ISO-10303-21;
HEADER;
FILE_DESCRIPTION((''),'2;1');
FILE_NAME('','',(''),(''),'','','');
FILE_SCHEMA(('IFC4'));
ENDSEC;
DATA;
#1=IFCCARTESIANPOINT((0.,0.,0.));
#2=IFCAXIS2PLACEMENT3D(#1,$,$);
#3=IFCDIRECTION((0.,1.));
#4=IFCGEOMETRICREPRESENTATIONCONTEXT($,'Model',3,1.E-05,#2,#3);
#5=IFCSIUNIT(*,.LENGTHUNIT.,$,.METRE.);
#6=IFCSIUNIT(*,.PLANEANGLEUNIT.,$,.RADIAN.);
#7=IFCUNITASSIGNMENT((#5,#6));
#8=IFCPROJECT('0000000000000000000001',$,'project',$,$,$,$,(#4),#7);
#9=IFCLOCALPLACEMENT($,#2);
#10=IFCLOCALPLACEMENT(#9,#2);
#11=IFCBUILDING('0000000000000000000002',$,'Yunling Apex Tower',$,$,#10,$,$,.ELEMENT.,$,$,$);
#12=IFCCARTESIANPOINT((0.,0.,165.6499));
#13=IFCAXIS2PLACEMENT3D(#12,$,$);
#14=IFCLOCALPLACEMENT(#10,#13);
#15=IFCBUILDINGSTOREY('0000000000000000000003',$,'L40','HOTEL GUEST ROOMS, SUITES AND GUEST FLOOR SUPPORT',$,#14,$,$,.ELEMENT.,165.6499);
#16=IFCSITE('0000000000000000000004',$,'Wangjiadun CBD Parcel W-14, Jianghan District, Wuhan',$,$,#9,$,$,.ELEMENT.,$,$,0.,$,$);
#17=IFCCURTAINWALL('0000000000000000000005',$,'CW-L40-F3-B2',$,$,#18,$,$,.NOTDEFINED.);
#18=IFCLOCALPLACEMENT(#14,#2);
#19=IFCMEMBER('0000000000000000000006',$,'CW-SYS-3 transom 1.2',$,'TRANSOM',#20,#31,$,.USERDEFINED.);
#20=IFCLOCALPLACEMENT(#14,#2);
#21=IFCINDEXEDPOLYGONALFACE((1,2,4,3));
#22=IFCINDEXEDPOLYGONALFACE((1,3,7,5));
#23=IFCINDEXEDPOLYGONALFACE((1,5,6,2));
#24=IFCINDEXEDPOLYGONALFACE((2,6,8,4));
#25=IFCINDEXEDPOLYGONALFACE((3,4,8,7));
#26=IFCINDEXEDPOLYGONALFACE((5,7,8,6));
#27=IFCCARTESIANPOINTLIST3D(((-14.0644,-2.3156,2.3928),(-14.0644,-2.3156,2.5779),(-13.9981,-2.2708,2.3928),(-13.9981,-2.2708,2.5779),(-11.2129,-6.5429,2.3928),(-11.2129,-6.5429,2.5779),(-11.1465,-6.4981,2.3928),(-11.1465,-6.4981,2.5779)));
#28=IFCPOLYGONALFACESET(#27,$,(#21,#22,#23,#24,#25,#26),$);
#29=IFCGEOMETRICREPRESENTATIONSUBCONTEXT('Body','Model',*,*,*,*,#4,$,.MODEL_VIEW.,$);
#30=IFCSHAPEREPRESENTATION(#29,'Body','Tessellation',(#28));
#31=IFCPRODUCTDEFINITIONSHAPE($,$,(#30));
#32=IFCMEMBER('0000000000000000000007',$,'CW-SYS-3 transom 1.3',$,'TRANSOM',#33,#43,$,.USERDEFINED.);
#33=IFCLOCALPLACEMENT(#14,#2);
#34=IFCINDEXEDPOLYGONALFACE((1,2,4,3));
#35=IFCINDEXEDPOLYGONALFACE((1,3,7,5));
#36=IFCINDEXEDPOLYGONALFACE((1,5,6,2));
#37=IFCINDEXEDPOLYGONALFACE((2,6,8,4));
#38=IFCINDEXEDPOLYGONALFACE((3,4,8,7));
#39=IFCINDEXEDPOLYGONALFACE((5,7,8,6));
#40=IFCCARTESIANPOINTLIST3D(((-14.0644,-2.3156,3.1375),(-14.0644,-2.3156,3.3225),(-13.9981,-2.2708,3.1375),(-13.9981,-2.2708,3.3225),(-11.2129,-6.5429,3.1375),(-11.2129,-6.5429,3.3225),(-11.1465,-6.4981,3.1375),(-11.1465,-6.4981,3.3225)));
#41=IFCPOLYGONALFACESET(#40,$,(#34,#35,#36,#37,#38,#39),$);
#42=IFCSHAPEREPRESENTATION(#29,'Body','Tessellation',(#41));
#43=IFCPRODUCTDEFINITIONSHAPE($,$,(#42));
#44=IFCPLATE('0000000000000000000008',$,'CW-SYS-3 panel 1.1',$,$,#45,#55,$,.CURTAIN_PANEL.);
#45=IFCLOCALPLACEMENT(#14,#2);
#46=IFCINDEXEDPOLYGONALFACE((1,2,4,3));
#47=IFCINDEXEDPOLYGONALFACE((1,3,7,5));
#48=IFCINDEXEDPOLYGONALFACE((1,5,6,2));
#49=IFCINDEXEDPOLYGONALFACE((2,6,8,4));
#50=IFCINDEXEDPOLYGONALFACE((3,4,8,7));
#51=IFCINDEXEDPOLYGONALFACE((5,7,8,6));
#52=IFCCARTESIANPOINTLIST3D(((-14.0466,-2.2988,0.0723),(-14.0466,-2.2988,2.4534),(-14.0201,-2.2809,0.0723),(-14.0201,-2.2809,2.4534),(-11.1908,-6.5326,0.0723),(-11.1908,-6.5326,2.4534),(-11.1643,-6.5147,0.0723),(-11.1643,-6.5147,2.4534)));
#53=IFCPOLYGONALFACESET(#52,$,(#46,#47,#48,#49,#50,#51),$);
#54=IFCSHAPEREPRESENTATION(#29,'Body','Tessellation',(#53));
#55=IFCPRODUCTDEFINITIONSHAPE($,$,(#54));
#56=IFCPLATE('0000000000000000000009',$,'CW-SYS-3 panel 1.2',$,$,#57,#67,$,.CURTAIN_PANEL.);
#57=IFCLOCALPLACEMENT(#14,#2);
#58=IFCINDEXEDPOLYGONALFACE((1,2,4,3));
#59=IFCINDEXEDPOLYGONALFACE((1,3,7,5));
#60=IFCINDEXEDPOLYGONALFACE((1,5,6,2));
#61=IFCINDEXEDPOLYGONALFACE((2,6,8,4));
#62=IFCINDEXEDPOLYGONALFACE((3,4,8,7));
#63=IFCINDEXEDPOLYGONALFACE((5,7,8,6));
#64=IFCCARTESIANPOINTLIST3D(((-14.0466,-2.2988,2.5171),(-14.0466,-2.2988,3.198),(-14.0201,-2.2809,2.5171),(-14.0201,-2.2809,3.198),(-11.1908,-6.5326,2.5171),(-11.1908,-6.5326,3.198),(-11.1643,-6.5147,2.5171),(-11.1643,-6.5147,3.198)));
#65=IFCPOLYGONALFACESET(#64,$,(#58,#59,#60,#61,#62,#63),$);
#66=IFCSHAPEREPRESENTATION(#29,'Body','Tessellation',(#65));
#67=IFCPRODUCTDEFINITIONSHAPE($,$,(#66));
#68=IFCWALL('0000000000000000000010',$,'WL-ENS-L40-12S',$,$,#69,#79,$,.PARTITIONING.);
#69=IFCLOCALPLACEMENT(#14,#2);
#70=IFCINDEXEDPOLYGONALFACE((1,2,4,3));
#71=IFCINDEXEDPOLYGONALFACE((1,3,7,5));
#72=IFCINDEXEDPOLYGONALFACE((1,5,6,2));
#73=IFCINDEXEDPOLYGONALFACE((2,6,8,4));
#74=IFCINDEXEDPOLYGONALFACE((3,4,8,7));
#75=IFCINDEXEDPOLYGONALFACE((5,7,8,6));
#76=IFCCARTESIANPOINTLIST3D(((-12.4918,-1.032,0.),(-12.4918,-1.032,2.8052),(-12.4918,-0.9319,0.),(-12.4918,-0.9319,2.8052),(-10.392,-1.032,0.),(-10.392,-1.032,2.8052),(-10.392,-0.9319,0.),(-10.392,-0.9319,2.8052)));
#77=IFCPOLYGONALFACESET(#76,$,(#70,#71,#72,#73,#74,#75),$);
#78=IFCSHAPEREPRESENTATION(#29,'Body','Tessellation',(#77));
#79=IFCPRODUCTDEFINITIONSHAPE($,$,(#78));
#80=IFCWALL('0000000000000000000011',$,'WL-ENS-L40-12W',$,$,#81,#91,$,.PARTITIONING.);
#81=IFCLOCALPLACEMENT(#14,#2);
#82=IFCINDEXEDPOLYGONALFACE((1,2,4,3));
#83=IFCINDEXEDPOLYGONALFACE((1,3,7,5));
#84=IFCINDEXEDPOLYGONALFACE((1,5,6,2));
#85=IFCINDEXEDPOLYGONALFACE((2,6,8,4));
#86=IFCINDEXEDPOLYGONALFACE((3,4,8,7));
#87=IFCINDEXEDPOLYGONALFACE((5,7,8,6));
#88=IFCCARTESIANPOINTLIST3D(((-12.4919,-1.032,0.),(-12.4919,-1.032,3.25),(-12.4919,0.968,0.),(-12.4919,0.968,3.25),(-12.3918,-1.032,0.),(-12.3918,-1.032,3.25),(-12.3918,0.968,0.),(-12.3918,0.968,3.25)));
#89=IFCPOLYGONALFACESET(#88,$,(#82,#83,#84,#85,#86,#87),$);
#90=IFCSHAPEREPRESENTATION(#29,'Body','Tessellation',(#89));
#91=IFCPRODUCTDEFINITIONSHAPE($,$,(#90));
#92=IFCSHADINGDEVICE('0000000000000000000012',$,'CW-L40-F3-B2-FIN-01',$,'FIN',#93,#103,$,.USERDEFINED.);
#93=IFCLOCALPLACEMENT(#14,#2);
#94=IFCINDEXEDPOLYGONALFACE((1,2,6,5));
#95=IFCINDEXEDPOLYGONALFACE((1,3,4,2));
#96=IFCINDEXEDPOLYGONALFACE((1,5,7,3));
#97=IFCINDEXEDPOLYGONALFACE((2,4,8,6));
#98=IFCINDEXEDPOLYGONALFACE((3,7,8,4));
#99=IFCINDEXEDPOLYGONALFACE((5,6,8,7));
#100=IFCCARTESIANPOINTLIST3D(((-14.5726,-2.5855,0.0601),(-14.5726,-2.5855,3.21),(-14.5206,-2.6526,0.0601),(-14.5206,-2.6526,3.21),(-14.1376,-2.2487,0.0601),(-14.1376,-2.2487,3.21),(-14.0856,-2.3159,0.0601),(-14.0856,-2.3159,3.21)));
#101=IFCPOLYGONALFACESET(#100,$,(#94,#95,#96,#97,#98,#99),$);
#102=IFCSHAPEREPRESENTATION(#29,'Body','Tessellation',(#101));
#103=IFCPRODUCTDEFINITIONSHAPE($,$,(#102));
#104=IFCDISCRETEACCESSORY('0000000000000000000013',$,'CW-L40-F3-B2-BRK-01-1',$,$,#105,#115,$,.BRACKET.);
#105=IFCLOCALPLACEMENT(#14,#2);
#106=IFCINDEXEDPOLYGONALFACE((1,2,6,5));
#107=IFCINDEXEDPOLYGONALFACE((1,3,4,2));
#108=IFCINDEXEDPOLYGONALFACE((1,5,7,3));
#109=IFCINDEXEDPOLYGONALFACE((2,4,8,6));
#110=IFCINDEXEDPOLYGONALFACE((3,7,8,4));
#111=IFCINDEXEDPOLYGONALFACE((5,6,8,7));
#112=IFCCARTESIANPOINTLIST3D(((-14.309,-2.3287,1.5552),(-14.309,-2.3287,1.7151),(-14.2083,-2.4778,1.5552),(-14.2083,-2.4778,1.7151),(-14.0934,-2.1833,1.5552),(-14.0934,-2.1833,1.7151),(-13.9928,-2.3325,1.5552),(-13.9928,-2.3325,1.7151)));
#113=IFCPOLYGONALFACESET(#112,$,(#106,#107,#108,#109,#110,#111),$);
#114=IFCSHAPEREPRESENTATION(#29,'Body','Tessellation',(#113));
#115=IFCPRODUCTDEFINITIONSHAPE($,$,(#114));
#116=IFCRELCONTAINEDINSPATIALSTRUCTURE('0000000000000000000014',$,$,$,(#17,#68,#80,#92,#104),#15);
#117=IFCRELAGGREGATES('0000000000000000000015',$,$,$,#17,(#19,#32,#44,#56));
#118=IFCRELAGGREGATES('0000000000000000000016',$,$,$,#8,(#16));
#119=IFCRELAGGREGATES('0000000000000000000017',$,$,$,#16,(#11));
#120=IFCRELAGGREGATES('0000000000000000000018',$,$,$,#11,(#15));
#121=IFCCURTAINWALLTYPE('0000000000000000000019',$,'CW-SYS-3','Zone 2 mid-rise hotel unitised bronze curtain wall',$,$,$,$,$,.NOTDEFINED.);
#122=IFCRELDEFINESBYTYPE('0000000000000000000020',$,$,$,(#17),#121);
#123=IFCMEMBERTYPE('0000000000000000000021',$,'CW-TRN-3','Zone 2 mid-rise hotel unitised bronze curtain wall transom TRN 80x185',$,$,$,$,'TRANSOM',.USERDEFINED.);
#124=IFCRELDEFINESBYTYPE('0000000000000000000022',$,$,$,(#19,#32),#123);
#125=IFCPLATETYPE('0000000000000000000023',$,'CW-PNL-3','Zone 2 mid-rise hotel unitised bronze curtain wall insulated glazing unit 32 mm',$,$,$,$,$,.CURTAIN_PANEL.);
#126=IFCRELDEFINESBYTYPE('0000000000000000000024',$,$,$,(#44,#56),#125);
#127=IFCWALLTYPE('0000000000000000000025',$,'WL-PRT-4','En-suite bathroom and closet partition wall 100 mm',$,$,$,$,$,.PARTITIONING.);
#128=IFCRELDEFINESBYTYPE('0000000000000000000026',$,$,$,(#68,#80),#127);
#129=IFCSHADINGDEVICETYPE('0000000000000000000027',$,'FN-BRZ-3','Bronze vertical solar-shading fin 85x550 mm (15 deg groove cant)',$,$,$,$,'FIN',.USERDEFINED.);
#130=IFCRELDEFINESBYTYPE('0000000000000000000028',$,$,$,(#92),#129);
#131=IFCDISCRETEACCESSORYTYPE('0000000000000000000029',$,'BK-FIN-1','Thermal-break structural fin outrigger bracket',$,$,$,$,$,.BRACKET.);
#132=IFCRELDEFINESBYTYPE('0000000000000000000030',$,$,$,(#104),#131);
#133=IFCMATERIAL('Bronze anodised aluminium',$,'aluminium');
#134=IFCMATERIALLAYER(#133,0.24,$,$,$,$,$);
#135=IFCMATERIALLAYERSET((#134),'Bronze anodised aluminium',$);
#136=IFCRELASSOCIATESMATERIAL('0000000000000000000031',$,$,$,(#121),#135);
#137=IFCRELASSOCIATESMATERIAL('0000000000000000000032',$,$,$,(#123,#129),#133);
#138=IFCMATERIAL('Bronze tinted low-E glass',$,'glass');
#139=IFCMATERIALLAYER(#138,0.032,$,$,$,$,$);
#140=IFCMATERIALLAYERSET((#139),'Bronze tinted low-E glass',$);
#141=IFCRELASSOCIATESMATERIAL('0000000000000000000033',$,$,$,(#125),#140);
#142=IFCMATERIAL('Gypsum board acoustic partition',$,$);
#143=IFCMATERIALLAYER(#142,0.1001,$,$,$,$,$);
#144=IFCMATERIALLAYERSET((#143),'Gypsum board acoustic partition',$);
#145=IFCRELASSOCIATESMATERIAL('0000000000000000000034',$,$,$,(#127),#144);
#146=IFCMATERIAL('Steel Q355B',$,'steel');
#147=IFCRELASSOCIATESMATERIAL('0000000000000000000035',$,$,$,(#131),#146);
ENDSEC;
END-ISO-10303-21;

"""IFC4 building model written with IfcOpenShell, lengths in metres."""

from ifc_helpers import new_model, si_unit, direction, frame, frame_2d, origin, origin_2d, place, context, subcontext, project, spatial, rectangle, extrude, source, transform, mapped, material, layer, layer_set, material_profile, profile_set, type_object, element, aggregate, save


model = new_model("IFC4")

# Units and contexts
model_context = context("Model", 3, precision=1e-05, world=origin(), true_north=direction((0.0, 1.0)))
body_context = subcontext(model_context, "Body", "Model", "MODEL_VIEW")
ifc_project = project(units=[si_unit("LENGTHUNIT", "METRE"), si_unit("PLANEANGLEUNIT", "RADIAN")], contexts=[model_context])

# Site, building, storey
site_placement = place(None, origin())
site = spatial("IfcSite", under=ifc_project, at=site_placement, Name="Wangjiadun CBD Parcel W-14, Jianghan District, Wuhan", CompositionType="ELEMENT", RefElevation=0.0)
building_placement = place(site_placement, origin())
building = spatial("IfcBuilding", under=site, at=building_placement, Name="Yunling Apex Tower", CompositionType="ELEMENT")
storey_placement = place(building_placement, frame((0.0, 0.0, 165.6499)))
storey = spatial("IfcBuildingStorey", under=building, at=storey_placement, Name="L40", Description="HOTEL GUEST ROOMS, SUITES AND GUEST FLOOR SUPPORT", CompositionType="ELEMENT", Elevation=165.6499)

# Shared definitions
ifc_material_1 = material(Name="Steel Q355B", Category="steel")

# Shared definitions
ifc_material_2 = material(Name="Bronze anodised aluminium", Category="aluminium")
ifc_layer_1 = layer(ifc_material_2, 0.24)
ifc_layer_set_1 = layer_set([ifc_layer_1], Name="Bronze anodised aluminium")
curtain_wall_type = type_object("IfcCurtainWallType", Name="CW-SYS-3", Description="Zone 2 mid-rise hotel unitised bronze curtain wall", PredefinedType="NOTDEFINED", material=ifc_layer_set_1)

# Curtain wall, members, plates
curtain_wall_1_placement = place(storey_placement, origin())
curtain_wall_1 = element("IfcCurtainWall", 1, at=curtain_wall_1_placement, inside=storey, type_object=curtain_wall_type, Name="CW-L40-F3-B2", PredefinedType="NOTDEFINED")
ifc_material_profile_1 = material_profile(ifc_material_2, rectangle(XDim=0.0801, YDim=0.1851, at=origin_2d()))
ifc_profile_set_1 = profile_set([ifc_material_profile_1], Name="Bronze anodised aluminium")
member_type_1 = type_object("IfcMemberType", Name="CW-TRN-3", Description="Zone 2 mid-rise hotel unitised bronze curtain wall transom TRN 80x185", ElementType="TRANSOM", PredefinedType="USERDEFINED", material=ifc_profile_set_1)
shared_shape_1 = source(origin(), body_context, "Body", "SweptSolid", [
    extrude(rectangle(XDim=0.0801, YDim=0.1851, at=origin_2d()), origin(), (0.0, 0.0, 1.0), 5.0991),
])
member_1_placement = place(storey_placement, frame((-14.0312, -2.2932, 2.4854), z_axis=(0.559222, -0.829018, 0.0), x_axis=(0.829018, 0.559222, 0.0)))
member_1 = element("IfcMember", 2, at=member_1_placement, type_object=member_type_1, Name="CW-SYS-3 transom 1.2", ObjectType="TRANSOM", PredefinedType="USERDEFINED", context=body_context, shape_type="MappedRepresentation", body=[
    mapped(shared_shape_1, transform((0.0, 0.0, 0.0), scale=1.0)),
])
member_2_placement = place(storey_placement, frame((-14.0312, -2.2932, 3.23), z_axis=(0.559222, -0.829018, 0.0), x_axis=(0.829018, 0.559222, 0.0)))
member_2 = element("IfcMember", 3, at=member_2_placement, type_object=member_type_1, Name="CW-SYS-3 transom 1.3", ObjectType="TRANSOM", PredefinedType="USERDEFINED", context=body_context, shape_type="MappedRepresentation", body=[
    mapped(shared_shape_1, transform((0.0, 0.0, 0.0), scale=1.0)),
])
ifc_material_3 = material(Name="Bronze tinted low-E glass", Category="glass")
ifc_layer_2 = layer(ifc_material_3, 0.032)
ifc_layer_set_2 = layer_set([ifc_layer_2], Name="Bronze tinted low-E glass")
plate_type = type_object("IfcPlateType", Name="CW-PNL-3", Description="Zone 2 mid-rise hotel unitised bronze curtain wall insulated glazing unit 32 mm", PredefinedType="CURTAIN_PANEL", material=ifc_layer_set_2)
shared_shape_2 = source(origin(), body_context, "Body", "SweptSolid", [
    extrude(rectangle(XDim=5.1069, YDim=0.032, at=origin_2d()), origin(), (0.0, 0.0, 1.0), 2.3811),
])
plate_1_placement = place(storey_placement, frame((-12.6055, -4.4067, 0.0723), z_axis=(0.0, 0.0, 1.0), x_axis=(0.55921, -0.829026, 0.0)))
plate_1 = element("IfcPlate", 4, at=plate_1_placement, type_object=plate_type, Name="CW-SYS-3 panel 1.1", PredefinedType="CURTAIN_PANEL", context=body_context, shape_type="MappedRepresentation", body=[
    mapped(shared_shape_2, transform((0.0, 0.0, 0.0), scale=1.0)),
])
shared_shape_3 = source(origin(), body_context, "Body", "SweptSolid", [
    extrude(rectangle(XDim=5.1069, YDim=0.032, at=origin_2d()), origin(), (0.0, 0.0, 1.0), 0.6809),
])
plate_2_placement = place(storey_placement, frame((-12.6055, -4.4067, 2.5171), z_axis=(0.0, 0.0, 1.0), x_axis=(0.55921, -0.829026, 0.0)))
plate_2 = element("IfcPlate", 5, at=plate_2_placement, type_object=plate_type, Name="CW-SYS-3 panel 1.2", PredefinedType="CURTAIN_PANEL", context=body_context, shape_type="MappedRepresentation", body=[
    mapped(shared_shape_3, transform((0.0, 0.0, 0.0), scale=1.0)),
])
aggregate(curtain_wall_1, [member_1, member_2, plate_1, plate_2])

# Walls
ifc_material_4 = material(Name="Gypsum board acoustic partition")
ifc_layer_3 = layer(ifc_material_4, 0.1001)
ifc_layer_set_3 = layer_set([ifc_layer_3], Name="Gypsum board acoustic partition")
wall_type = type_object("IfcWallType", Name="WL-PRT-4", Description="En-suite bathroom and closet partition wall 100 mm", PredefinedType="PARTITIONING", material=ifc_layer_set_3)
wall_1_placement = place(storey_placement, frame((-10.3921, -0.9819, 0.0), z_axis=(0.0, 0.0, 1.0), x_axis=(-1.0, 0.0, 0.0)))
element("IfcWall", 6, at=wall_1_placement, inside=storey, type_object=wall_type, Name="WL-ENS-L40-12S", PredefinedType="PARTITIONING", context=body_context, shape_type="SweptSolid", body=[
    extrude(rectangle(XDim=2.0999, YDim=0.1001, at=frame_2d((1.0498, 0.0))), origin(), (0.0, 0.0, 1.0), 2.8052),
])
wall_2_placement = place(storey_placement, frame((-12.4419, -1.032, 0.0), z_axis=(0.0, 0.0, 1.0), x_axis=(0.0, 1.0, 0.0)))
element("IfcWall", 7, at=wall_2_placement, inside=storey, type_object=wall_type, Name="WL-ENS-L40-12W", PredefinedType="PARTITIONING", context=body_context, shape_type="SweptSolid", body=[
    extrude(rectangle(XDim=2.0, YDim=0.1001, at=frame_2d((1.0, 0.0))), origin(), (0.0, 0.0, 1.0), 3.25),
])

# Shading device
ifc_material_profile_2 = material_profile(ifc_material_2, rectangle(XDim=0.085, YDim=0.55, at=origin_2d()))
ifc_profile_set_2 = profile_set([ifc_material_profile_2], Name="Bronze anodised aluminium")
shading_device_type = type_object("IfcShadingDeviceType", Name="FN-BRZ-3", Description="Bronze vertical solar-shading fin 85x550 mm (15 deg groove cant)", ElementType="FIN", PredefinedType="USERDEFINED", material=ifc_profile_set_2)
shared_shape_4 = source(origin(), body_context, "Body", "SweptSolid", [
    extrude(rectangle(XDim=0.085, YDim=0.55, at=origin_2d()), origin(), (0.0, 0.0, 1.0), 3.1499),
])
shading_device_placement = place(storey_placement, frame((-14.3291, -2.4507, 0.0601), z_axis=(0.0, 0.0, 1.0), x_axis=(0.612217, -0.79069, 0.0)))
element("IfcShadingDevice", 8, at=shading_device_placement, inside=storey, type_object=shading_device_type, Name="CW-L40-F3-B2-FIN-01", ObjectType="FIN", PredefinedType="USERDEFINED", context=body_context, shape_type="MappedRepresentation", body=[
    mapped(shared_shape_4, transform((0.0, 0.0, 0.0), scale=1.0)),
])

# Discrete accessory
discrete_accessory_type = type_object("IfcDiscreteAccessoryType", Name="BK-FIN-1", Description="Thermal-break structural fin outrigger bracket", PredefinedType="BRACKET", material=ifc_material_1)
shared_shape_5 = source(origin(), body_context, "Body", "SweptSolid", [
    extrude(rectangle(XDim=0.1799, YDim=0.26, at=origin_2d()), origin(), (0.0, 0.0, 1.0), 0.1599),
])
discrete_accessory_placement = place(storey_placement, frame((-14.1509, -2.3306, 1.5552), z_axis=(0.0, 0.0, 1.0), x_axis=(0.559193, -0.829038, 0.0)))
element("IfcDiscreteAccessory", 9, at=discrete_accessory_placement, inside=storey, type_object=discrete_accessory_type, Name="CW-L40-F3-B2-BRK-01-1", PredefinedType="BRACKET", context=body_context, shape_type="MappedRepresentation", body=[
    mapped(shared_shape_5, transform((0.0, 0.0, 0.0), scale=1.0)),
])

save(model, "model.ifc")
